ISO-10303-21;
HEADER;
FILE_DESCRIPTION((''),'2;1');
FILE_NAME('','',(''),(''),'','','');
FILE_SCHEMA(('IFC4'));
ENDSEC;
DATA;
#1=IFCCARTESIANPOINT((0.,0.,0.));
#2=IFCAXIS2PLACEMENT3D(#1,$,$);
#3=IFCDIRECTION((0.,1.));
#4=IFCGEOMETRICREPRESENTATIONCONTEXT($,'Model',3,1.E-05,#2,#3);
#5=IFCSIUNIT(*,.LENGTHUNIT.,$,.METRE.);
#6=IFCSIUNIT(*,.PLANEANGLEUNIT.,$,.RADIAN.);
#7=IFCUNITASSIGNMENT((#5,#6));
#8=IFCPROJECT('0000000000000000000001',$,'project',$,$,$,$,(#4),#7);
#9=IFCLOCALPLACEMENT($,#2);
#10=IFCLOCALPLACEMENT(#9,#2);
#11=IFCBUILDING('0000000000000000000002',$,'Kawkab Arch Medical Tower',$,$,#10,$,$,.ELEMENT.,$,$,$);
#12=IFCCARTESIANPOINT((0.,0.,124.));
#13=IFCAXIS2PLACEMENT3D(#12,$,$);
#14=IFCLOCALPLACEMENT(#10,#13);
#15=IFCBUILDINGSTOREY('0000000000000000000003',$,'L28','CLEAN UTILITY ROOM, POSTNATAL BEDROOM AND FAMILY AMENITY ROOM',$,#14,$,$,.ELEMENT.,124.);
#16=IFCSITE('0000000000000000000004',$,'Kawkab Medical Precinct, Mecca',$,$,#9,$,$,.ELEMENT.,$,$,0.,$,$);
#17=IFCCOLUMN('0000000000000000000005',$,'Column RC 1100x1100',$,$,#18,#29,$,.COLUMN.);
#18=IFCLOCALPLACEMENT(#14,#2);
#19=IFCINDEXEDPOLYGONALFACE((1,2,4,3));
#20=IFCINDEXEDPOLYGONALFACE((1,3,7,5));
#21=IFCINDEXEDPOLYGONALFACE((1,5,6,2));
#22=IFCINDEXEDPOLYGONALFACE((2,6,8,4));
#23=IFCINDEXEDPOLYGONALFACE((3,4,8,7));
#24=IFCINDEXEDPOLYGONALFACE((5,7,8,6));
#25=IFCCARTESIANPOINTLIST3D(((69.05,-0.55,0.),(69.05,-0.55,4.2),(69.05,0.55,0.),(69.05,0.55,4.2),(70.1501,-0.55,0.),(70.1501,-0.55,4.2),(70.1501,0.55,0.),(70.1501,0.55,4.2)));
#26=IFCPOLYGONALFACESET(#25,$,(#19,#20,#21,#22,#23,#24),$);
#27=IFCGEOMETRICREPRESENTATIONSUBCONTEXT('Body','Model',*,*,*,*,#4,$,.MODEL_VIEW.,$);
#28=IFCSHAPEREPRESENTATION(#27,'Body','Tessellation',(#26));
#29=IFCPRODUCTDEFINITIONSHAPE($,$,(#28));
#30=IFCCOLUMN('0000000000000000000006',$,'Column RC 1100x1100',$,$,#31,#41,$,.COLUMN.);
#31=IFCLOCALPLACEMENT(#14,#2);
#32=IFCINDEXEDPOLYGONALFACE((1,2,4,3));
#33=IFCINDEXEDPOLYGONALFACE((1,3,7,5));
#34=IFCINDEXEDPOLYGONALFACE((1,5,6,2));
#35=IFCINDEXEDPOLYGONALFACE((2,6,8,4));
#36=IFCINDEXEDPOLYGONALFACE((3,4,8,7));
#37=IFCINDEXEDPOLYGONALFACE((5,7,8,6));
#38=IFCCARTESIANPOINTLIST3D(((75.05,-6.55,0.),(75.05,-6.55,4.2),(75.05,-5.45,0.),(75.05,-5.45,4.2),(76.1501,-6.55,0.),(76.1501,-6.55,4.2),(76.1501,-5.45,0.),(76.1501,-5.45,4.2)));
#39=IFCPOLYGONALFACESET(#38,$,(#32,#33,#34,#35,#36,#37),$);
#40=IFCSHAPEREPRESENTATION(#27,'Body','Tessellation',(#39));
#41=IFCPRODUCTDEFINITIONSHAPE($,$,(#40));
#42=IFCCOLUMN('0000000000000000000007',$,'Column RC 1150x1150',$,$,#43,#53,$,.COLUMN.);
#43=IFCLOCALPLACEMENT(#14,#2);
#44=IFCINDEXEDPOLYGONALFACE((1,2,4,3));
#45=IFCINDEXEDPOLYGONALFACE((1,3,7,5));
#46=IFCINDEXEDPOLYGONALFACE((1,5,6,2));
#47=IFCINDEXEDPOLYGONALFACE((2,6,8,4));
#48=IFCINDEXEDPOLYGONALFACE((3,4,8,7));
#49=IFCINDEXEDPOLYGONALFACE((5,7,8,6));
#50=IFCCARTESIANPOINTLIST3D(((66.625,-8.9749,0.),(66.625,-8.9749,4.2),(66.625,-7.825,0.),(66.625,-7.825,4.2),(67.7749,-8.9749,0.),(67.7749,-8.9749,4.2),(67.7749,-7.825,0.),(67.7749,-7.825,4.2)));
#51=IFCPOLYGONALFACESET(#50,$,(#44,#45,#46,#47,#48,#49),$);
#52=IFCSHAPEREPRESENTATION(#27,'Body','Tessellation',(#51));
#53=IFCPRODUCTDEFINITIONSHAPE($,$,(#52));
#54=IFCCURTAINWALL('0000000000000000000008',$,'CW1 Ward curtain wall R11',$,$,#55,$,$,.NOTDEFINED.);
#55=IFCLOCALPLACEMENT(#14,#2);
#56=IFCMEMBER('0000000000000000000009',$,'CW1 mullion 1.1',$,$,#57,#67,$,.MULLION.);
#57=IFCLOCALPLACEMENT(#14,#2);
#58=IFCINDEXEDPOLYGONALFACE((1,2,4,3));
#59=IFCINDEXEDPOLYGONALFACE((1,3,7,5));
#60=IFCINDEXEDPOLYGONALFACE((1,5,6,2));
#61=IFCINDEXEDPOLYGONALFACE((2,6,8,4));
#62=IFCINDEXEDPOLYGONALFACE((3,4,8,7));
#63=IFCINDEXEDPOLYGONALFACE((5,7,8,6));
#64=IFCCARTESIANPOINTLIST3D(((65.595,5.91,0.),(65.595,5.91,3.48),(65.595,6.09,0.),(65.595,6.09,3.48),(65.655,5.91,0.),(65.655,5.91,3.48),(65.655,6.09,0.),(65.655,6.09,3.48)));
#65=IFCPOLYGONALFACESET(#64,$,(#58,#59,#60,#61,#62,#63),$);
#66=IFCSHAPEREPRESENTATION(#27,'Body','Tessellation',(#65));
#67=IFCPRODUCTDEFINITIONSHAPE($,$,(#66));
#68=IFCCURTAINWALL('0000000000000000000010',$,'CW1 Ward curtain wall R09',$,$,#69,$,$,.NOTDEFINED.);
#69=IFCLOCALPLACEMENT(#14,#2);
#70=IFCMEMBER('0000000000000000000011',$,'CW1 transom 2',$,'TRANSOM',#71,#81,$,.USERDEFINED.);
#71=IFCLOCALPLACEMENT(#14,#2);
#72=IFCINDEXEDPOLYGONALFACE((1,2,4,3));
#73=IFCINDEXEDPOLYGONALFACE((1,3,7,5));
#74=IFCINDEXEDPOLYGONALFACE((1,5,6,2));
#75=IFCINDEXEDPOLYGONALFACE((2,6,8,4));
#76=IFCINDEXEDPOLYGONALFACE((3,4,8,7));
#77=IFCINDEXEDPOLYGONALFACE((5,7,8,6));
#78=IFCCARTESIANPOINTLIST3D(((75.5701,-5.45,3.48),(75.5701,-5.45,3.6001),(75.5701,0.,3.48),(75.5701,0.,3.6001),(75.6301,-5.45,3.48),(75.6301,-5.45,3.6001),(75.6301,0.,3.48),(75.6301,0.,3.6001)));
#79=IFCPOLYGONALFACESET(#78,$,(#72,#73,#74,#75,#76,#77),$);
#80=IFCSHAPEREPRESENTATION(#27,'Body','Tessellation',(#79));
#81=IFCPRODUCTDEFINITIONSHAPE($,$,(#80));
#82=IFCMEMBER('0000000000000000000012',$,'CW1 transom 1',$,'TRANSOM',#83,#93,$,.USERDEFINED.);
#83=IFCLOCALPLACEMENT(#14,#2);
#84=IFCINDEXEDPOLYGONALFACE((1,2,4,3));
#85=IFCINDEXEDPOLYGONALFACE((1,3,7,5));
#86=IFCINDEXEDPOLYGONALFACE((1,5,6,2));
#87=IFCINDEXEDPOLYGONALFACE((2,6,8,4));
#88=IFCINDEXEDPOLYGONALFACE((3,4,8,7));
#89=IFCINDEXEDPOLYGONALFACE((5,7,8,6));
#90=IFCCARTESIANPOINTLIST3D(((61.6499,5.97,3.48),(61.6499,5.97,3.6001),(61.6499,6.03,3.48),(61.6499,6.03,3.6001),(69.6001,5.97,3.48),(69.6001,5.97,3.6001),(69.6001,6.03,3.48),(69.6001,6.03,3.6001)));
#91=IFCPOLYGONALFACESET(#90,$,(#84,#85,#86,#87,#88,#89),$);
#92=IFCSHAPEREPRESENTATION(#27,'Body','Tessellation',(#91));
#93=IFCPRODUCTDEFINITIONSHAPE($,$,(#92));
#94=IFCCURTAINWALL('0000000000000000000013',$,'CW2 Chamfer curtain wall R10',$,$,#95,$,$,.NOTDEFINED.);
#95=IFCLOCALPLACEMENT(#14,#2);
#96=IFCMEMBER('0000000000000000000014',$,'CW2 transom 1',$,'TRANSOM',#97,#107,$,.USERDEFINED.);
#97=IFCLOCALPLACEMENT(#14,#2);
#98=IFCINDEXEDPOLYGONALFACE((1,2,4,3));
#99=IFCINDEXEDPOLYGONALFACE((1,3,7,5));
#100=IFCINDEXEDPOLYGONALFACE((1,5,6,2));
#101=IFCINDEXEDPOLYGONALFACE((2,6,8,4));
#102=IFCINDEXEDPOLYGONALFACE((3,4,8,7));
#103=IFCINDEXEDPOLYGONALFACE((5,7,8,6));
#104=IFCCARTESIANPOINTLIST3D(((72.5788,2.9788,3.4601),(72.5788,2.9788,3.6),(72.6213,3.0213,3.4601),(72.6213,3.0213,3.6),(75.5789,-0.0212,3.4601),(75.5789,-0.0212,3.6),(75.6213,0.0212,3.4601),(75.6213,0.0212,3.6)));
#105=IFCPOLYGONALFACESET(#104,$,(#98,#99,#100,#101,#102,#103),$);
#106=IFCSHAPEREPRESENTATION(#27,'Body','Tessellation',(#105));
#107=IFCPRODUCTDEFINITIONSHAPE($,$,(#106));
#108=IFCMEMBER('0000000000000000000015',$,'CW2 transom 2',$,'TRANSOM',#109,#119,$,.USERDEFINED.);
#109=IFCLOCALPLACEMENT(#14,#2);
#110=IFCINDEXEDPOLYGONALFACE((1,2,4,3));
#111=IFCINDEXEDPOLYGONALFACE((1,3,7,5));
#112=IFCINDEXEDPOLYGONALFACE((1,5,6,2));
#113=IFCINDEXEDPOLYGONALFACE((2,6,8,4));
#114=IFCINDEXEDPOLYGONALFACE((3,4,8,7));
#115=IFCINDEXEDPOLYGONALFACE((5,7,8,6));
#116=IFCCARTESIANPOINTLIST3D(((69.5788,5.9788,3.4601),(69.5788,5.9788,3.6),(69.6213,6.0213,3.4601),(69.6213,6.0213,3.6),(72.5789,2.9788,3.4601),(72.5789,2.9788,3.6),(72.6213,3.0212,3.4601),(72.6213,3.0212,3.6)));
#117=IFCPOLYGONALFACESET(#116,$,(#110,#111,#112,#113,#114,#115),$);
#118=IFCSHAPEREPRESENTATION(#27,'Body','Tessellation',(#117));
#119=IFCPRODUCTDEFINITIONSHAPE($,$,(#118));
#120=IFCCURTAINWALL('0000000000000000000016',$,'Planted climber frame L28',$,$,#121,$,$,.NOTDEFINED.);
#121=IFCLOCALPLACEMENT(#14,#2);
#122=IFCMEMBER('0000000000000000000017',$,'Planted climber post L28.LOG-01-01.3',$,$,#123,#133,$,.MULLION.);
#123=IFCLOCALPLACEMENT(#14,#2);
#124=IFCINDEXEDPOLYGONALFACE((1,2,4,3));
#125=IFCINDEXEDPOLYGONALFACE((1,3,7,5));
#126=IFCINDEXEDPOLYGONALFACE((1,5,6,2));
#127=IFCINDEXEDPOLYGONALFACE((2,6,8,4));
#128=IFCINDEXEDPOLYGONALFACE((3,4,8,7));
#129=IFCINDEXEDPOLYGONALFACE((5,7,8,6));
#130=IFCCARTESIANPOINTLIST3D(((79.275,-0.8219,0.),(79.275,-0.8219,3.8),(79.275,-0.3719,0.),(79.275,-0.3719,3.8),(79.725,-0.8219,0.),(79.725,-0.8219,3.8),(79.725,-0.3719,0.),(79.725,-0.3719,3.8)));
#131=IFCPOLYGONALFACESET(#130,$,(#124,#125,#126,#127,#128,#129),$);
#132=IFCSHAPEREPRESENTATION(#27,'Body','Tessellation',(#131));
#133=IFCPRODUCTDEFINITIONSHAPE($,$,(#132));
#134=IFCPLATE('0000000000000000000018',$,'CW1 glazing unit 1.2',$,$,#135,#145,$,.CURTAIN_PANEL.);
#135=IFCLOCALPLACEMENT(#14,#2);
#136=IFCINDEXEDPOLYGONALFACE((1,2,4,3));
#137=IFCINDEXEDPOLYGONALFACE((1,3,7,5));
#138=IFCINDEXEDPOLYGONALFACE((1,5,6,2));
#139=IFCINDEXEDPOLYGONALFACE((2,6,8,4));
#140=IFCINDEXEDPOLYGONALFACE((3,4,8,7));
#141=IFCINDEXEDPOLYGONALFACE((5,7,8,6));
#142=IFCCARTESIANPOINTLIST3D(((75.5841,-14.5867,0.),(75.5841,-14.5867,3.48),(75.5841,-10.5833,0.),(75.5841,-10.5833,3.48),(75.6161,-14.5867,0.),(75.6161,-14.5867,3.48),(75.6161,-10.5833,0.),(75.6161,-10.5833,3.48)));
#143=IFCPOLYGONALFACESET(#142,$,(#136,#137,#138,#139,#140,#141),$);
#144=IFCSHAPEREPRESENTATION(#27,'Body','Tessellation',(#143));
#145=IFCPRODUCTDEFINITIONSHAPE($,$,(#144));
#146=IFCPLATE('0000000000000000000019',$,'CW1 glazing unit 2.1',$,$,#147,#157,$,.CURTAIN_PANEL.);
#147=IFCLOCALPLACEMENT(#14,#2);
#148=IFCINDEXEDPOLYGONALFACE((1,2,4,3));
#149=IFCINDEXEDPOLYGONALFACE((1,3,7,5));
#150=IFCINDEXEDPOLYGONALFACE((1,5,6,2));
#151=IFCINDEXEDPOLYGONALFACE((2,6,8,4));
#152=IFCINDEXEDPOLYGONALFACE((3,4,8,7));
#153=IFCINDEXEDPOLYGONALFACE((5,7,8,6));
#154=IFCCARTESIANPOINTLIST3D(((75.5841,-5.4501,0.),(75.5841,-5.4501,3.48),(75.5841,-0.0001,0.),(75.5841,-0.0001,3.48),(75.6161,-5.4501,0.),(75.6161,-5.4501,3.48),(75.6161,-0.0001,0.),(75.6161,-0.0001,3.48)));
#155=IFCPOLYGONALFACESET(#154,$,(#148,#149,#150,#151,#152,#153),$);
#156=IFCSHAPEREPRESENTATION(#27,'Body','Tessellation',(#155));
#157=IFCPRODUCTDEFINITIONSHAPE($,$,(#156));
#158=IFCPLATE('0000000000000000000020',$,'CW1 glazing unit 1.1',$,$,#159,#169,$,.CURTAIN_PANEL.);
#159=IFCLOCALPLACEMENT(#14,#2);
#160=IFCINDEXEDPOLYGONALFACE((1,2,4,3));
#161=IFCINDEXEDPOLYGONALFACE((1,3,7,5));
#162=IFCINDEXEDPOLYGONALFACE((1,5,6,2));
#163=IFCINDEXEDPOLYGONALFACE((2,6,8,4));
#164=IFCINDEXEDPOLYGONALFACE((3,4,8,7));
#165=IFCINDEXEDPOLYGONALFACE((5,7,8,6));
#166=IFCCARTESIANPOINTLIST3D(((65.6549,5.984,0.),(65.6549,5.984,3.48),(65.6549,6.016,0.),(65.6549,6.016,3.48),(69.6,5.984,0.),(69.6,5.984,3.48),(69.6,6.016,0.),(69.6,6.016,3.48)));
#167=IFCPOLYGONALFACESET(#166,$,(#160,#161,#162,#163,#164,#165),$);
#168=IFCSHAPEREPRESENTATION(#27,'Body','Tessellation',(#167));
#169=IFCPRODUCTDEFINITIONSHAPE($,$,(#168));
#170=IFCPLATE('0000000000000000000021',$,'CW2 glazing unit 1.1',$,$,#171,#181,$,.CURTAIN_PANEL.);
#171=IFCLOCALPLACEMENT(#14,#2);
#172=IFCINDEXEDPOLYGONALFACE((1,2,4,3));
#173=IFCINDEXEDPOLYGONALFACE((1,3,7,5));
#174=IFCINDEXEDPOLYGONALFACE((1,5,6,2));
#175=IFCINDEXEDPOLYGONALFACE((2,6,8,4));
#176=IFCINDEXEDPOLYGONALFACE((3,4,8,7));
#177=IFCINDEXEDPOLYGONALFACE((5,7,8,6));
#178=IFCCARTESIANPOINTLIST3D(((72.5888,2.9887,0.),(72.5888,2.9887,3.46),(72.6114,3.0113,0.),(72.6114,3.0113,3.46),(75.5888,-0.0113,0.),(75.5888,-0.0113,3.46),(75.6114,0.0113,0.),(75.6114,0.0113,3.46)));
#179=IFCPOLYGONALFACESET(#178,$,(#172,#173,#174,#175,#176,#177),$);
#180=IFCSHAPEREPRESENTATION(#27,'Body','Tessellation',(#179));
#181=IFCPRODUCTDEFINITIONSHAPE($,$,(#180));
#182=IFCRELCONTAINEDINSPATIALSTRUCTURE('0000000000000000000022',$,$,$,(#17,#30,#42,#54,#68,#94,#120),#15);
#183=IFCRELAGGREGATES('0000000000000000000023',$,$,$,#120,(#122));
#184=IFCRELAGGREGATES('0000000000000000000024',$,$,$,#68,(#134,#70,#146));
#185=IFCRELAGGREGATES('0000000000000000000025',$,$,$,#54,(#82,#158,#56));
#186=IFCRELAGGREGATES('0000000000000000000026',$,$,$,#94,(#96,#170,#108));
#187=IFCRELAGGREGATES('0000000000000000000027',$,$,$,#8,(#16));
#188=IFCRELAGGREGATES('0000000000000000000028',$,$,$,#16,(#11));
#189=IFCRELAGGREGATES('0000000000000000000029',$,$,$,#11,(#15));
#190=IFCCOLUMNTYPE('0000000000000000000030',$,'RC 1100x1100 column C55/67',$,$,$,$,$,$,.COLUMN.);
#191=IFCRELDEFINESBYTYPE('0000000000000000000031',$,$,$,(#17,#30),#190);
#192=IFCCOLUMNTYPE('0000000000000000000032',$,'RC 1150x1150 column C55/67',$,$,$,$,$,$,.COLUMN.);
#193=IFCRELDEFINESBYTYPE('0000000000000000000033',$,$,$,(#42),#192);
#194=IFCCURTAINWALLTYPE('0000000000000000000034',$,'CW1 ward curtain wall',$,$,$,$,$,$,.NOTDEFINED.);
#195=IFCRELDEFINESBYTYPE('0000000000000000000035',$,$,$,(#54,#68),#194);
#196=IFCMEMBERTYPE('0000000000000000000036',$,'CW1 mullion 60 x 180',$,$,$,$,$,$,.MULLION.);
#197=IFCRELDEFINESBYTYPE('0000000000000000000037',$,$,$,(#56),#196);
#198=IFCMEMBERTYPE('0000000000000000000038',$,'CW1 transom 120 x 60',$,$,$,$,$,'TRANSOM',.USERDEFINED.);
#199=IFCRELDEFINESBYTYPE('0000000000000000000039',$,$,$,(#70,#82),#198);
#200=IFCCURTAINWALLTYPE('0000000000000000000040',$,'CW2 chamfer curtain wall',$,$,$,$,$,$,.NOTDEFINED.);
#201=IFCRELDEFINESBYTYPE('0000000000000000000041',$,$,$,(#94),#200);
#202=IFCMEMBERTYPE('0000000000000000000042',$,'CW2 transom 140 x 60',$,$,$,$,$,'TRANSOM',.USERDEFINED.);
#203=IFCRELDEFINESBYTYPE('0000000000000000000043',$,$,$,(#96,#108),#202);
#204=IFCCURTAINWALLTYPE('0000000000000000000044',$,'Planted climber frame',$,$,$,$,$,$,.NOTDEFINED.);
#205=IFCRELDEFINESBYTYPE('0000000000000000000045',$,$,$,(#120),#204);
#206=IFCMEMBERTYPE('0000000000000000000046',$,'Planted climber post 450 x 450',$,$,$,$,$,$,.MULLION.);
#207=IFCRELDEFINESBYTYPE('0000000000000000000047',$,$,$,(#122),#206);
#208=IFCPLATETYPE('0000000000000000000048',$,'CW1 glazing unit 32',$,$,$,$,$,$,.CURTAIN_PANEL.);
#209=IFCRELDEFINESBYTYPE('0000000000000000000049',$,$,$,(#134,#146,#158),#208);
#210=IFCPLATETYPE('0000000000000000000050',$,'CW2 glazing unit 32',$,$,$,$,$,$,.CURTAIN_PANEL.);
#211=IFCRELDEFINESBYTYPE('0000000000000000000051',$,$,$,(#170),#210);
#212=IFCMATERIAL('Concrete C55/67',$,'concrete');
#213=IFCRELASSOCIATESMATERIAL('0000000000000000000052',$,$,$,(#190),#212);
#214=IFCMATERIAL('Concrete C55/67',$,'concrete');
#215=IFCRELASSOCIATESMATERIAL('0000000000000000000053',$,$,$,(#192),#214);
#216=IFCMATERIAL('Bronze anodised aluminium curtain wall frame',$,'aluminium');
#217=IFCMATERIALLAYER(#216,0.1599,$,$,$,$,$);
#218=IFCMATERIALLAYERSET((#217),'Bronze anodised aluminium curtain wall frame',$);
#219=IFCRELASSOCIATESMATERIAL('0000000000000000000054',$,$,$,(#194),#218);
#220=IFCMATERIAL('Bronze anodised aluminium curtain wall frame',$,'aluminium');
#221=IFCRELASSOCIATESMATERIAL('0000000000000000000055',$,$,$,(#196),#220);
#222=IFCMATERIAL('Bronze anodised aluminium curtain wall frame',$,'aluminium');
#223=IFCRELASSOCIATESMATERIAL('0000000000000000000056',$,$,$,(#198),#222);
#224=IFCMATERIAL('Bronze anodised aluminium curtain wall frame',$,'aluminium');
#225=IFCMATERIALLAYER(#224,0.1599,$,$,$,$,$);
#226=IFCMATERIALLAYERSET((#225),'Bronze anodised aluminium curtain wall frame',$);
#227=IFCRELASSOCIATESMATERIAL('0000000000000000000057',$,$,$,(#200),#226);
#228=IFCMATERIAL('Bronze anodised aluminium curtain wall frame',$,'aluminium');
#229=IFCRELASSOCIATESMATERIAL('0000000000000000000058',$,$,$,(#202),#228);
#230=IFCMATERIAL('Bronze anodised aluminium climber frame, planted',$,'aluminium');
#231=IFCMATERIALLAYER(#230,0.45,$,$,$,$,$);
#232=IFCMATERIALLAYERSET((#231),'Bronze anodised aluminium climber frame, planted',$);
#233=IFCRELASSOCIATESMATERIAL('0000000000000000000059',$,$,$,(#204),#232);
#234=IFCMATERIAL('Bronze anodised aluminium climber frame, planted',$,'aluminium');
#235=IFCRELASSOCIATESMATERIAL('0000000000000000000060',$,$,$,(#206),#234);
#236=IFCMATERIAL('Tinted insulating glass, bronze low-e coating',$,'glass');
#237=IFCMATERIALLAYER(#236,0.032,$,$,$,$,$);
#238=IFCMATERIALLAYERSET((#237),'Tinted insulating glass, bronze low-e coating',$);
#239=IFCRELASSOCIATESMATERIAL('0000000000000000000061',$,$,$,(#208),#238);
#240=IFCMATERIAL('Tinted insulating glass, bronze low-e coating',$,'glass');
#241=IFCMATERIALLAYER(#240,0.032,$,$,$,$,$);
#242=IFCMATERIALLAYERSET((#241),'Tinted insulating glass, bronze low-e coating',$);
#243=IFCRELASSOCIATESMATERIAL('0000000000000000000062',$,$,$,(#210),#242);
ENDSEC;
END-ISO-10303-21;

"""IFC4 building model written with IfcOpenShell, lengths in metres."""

from ifc_helpers import new_model, si_unit, direction, frame, origin, origin_2d, place, context, subcontext, project, spatial, rectangle, extrude, material, layer, layer_set, material_profile, profile_set, type_object, element, aggregate, save


model = new_model("IFC4")

# Units and contexts
model_context = context("Model", 3, precision=1e-05, world=origin(), true_north=direction((0.0, 1.0)))
body_context = subcontext(model_context, "Body", "Model", "MODEL_VIEW")
ifc_project = project(units=[si_unit("LENGTHUNIT", "METRE"), si_unit("PLANEANGLEUNIT", "RADIAN")], contexts=[model_context])

# Site, building, storey
site_placement = place(None, origin())
site = spatial("IfcSite", under=ifc_project, at=site_placement, Name="Kawkab Medical Precinct, Mecca", CompositionType="ELEMENT", RefElevation=0.0)
building_placement = place(site_placement, origin())
building = spatial("IfcBuilding", under=site, at=building_placement, Name="Kawkab Arch Medical Tower", CompositionType="ELEMENT")
storey_placement = place(building_placement, frame((0.0, 0.0, 124.0)))
storey = spatial("IfcBuildingStorey", under=building, at=storey_placement, Name="L28", Description="CLEAN UTILITY ROOM, POSTNATAL BEDROOM AND FAMILY AMENITY ROOM", CompositionType="ELEMENT", Elevation=124.0)

# Columns
ifc_material_1 = material(Name="Concrete C55/67", Category="concrete")
ifc_material_profile_1 = material_profile(ifc_material_1, rectangle(XDim=1.1001, YDim=1.1001, at=origin_2d()), Name="RC 1100x1100")
ifc_profile_set_1 = profile_set([ifc_material_profile_1], Name="Concrete C55/67")
column_type_1 = type_object("IfcColumnType", Name="RC 1100x1100 column C55/67", PredefinedType="COLUMN", material=ifc_profile_set_1)
for number, where, z_axis, x_axis, name in (
    (1, (69.6001, 0.0, 0.0), (0.0, 0.0, 1.0), (1.0, 0.0, 0.0), "Column RC 1100x1100"),
    (2, (75.6001, -6.0, 0.0), (0.0, 0.0, 1.0), (1.0, 0.0, 0.0), "Column RC 1100x1100"),
):
    element("IfcColumn", number, at=place(storey_placement, frame(where, z_axis=z_axis, x_axis=x_axis)), inside=storey, type_object=column_type_1, Name=name, PredefinedType="COLUMN", context=body_context, shape_type="SweptSolid", body=[
        extrude(rectangle(XDim=1.1001, YDim=1.1001, at=origin_2d()), origin(), (0.0, 0.0, 1.0), 4.2),
    ])
ifc_material_2 = material(Name="Concrete C55/67", Category="concrete")
ifc_material_profile_2 = material_profile(ifc_material_2, rectangle(XDim=1.1499, YDim=1.1499, at=origin_2d()), Name="RC 1150x1150")
ifc_profile_set_2 = profile_set([ifc_material_profile_2], Name="Concrete C55/67")
column_type_2 = type_object("IfcColumnType", Name="RC 1150x1150 column C55/67", PredefinedType="COLUMN", material=ifc_profile_set_2)
column_placement = place(storey_placement, frame((67.2, -8.3999, 0.0), z_axis=(0.0, 0.0, 1.0), x_axis=(1.0, 0.0, 0.0)))
element("IfcColumn", 3, at=column_placement, inside=storey, type_object=column_type_2, Name="Column RC 1150x1150", PredefinedType="COLUMN", context=body_context, shape_type="SweptSolid", body=[
    extrude(rectangle(XDim=1.1499, YDim=1.1499, at=origin_2d()), origin(), (0.0, 0.0, 1.0), 4.2),
])

# Curtain walls, members
ifc_material_3 = material(Name="Bronze anodised aluminium curtain wall frame", Category="aluminium")
ifc_layer_1 = layer(ifc_material_3, 0.1599)
ifc_layer_set_1 = layer_set([ifc_layer_1], Name="Bronze anodised aluminium curtain wall frame")
curtain_wall_type_1 = type_object("IfcCurtainWallType", Name="CW1 ward curtain wall", PredefinedType="NOTDEFINED", material=ifc_layer_set_1)
placement = place(storey_placement, origin())
curtain_wall_1 = element("IfcCurtainWall", 4, at=placement, inside=storey, type_object=curtain_wall_type_1, Name="CW1 Ward curtain wall R11", PredefinedType="NOTDEFINED")
ifc_material_4 = material(Name="Bronze anodised aluminium curtain wall frame", Category="aluminium")
ifc_material_profile_3 = material_profile(ifc_material_4, rectangle(XDim=0.1799, YDim=0.0601, at=origin_2d()), Name="AL 60x180")
ifc_profile_set_3 = profile_set([ifc_material_profile_3], Name="Bronze anodised aluminium curtain wall frame")
member_type_1 = type_object("IfcMemberType", Name="CW1 mullion 60 x 180", PredefinedType="MULLION", material=ifc_profile_set_3)
member_1_placement = place(storey_placement, frame((65.625, 6.0, 0.0), z_axis=(0.0, 0.0, 1.0), x_axis=(0.0, -1.0, 0.0)))
member_1 = element("IfcMember", 5, at=member_1_placement, type_object=member_type_1, Name="CW1 mullion 1.1", PredefinedType="MULLION", context=body_context, shape_type="SweptSolid", body=[
    extrude(rectangle(XDim=0.1799, YDim=0.0601, at=origin_2d()), origin(), (0.0, 0.0, 1.0), 3.48),
])
curtain_wall_2 = element("IfcCurtainWall", 6, at=placement, inside=storey, type_object=curtain_wall_type_1, Name="CW1 Ward curtain wall R09", PredefinedType="NOTDEFINED")
ifc_material_5 = material(Name="Bronze anodised aluminium curtain wall frame", Category="aluminium")
ifc_material_profile_4 = material_profile(ifc_material_5, rectangle(XDim=0.0601, YDim=0.1201, at=origin_2d()), Name="AL 60x120")
ifc_profile_set_4 = profile_set([ifc_material_profile_4], Name="Bronze anodised aluminium curtain wall frame")
member_type_2 = type_object("IfcMemberType", Name="CW1 transom 120 x 60", ElementType="TRANSOM", PredefinedType="USERDEFINED", material=ifc_profile_set_4)
member_2_placement = place(storey_placement, frame((75.6001, -5.45, 3.54), z_axis=(0.0, 1.0, 0.0), x_axis=(-1.0, 0.0, 0.0)))
member_2 = element("IfcMember", 7, at=member_2_placement, type_object=member_type_2, Name="CW1 transom 2", ObjectType="TRANSOM", PredefinedType="USERDEFINED", context=body_context, shape_type="SweptSolid", body=[
    extrude(rectangle(XDim=0.0601, YDim=0.1201, at=origin_2d()), origin(), (0.0, 0.0, 1.0), 5.45),
])

# Member
member_3_placement = place(storey_placement, frame((69.6001, 6.0, 3.54), z_axis=(-1.0, 0.0, 0.0), x_axis=(0.0, -1.0, 0.0)))
member_3 = element("IfcMember", 8, at=member_3_placement, type_object=member_type_2, Name="CW1 transom 1", ObjectType="TRANSOM", PredefinedType="USERDEFINED", context=body_context, shape_type="SweptSolid", body=[
    extrude(rectangle(XDim=0.0601, YDim=0.1201, at=origin_2d()), origin(), (0.0, 0.0, 1.0), 7.9502),
])

# Curtain wall, members
ifc_material_6 = material(Name="Bronze anodised aluminium curtain wall frame", Category="aluminium")
ifc_layer_2 = layer(ifc_material_6, 0.1599)
ifc_layer_set_2 = layer_set([ifc_layer_2], Name="Bronze anodised aluminium curtain wall frame")
curtain_wall_type_2 = type_object("IfcCurtainWallType", Name="CW2 chamfer curtain wall", PredefinedType="NOTDEFINED", material=ifc_layer_set_2)
curtain_wall_3 = element("IfcCurtainWall", 9, at=placement, inside=storey, type_object=curtain_wall_type_2, Name="CW2 Chamfer curtain wall R10", PredefinedType="NOTDEFINED")
ifc_material_7 = material(Name="Bronze anodised aluminium curtain wall frame", Category="aluminium")
ifc_material_profile_5 = material_profile(ifc_material_7, rectangle(XDim=0.0601, YDim=0.1399, at=origin_2d()), Name="AL 60x140")
ifc_profile_set_5 = profile_set([ifc_material_profile_5], Name="Bronze anodised aluminium curtain wall frame")
member_type_3 = type_object("IfcMemberType", Name="CW2 transom 140 x 60", ElementType="TRANSOM", PredefinedType="USERDEFINED", material=ifc_profile_set_5)
member_4_placement = place(storey_placement, frame((75.6001, 0.0, 3.53), z_axis=(-0.707107, 0.707107, 0.0), x_axis=(-0.707107, -0.707107, 0.0)))
member_4 = element("IfcMember", 10, at=member_4_placement, type_object=member_type_3, Name="CW2 transom 1", ObjectType="TRANSOM", PredefinedType="USERDEFINED", context=body_context, shape_type="SweptSolid", body=[
    extrude(rectangle(XDim=0.0601, YDim=0.1399, at=origin_2d()), origin(), (0.0, 0.0, 1.0), 4.2427),
])
member_5_placement = place(storey_placement, frame((72.6001, 3.0, 3.53), z_axis=(-0.707107, 0.707107, 0.0), x_axis=(-0.707107, -0.707107, 0.0)))
member_5 = element("IfcMember", 11, at=member_5_placement, type_object=member_type_3, Name="CW2 transom 2", ObjectType="TRANSOM", PredefinedType="USERDEFINED", context=body_context, shape_type="SweptSolid", body=[
    extrude(rectangle(XDim=0.0601, YDim=0.1399, at=origin_2d()), origin(), (0.0, 0.0, 1.0), 4.2427),
])

# Curtain wall, member
ifc_material_8 = material(Name="Bronze anodised aluminium climber frame, planted", Category="aluminium")
ifc_layer_3 = layer(ifc_material_8, 0.45)
ifc_layer_set_3 = layer_set([ifc_layer_3], Name="Bronze anodised aluminium climber frame, planted")
curtain_wall_type_3 = type_object("IfcCurtainWallType", Name="Planted climber frame", PredefinedType="NOTDEFINED", material=ifc_layer_set_3)
curtain_wall_4 = element("IfcCurtainWall", 12, at=placement, inside=storey, type_object=curtain_wall_type_3, Name="Planted climber frame L28", PredefinedType="NOTDEFINED")
ifc_material_9 = material(Name="Bronze anodised aluminium climber frame, planted", Category="aluminium")
ifc_material_profile_6 = material_profile(ifc_material_9, rectangle(XDim=0.45, YDim=0.45, at=origin_2d()), Name="Post 450x450")
ifc_profile_set_6 = profile_set([ifc_material_profile_6], Name="Bronze anodised aluminium climber frame, planted")
member_type_4 = type_object("IfcMemberType", Name="Planted climber post 450 x 450", PredefinedType="MULLION", material=ifc_profile_set_6)
member_6_placement = place(storey_placement, frame((79.5, -0.5969, 0.0), z_axis=(0.0, 0.0, 1.0), x_axis=(1.0, 0.0, 0.0)))
member_6 = element("IfcMember", 13, at=member_6_placement, type_object=member_type_4, Name="Planted climber post L28.LOG-01-01.3", PredefinedType="MULLION", context=body_context, shape_type="SweptSolid", body=[
    extrude(rectangle(XDim=0.45, YDim=0.45, at=origin_2d()), origin(), (0.0, 0.0, 1.0), 3.8),
])
aggregate(curtain_wall_4, [member_6])

# Plates
ifc_material_10 = material(Name="Tinted insulating glass, bronze low-e coating", Category="glass")
ifc_layer_4 = layer(ifc_material_10, 0.032)
ifc_layer_set_4 = layer_set([ifc_layer_4], Name="Tinted insulating glass, bronze low-e coating")
plate_type_1 = type_object("IfcPlateType", Name="CW1 glazing unit 32", PredefinedType="CURTAIN_PANEL", material=ifc_layer_set_4)
plate_1_placement = place(storey_placement, frame((75.6001, -12.585, 0.0), z_axis=(0.0, 0.0, 1.0), x_axis=(0.0, 1.0, 0.0)))
plate_1 = element("IfcPlate", 14, at=plate_1_placement, type_object=plate_type_1, Name="CW1 glazing unit 1.2", PredefinedType="CURTAIN_PANEL", context=body_context, shape_type="SweptSolid", body=[
    extrude(rectangle(XDim=4.0034, YDim=0.032, at=origin_2d()), origin(), (0.0, 0.0, 1.0), 3.48),
])
plate_2_placement = place(storey_placement, frame((75.6001, -2.7251, 0.0), z_axis=(0.0, 0.0, 1.0), x_axis=(0.0, 1.0, 0.0)))
plate_2 = element("IfcPlate", 15, at=plate_2_placement, type_object=plate_type_1, Name="CW1 glazing unit 2.1", PredefinedType="CURTAIN_PANEL", context=body_context, shape_type="SweptSolid", body=[
    extrude(rectangle(XDim=5.45, YDim=0.032, at=origin_2d()), origin(), (0.0, 0.0, 1.0), 3.48),
])
aggregate(curtain_wall_2, [plate_1, member_2, plate_2])
plate_3_placement = place(storey_placement, frame((67.6274, 6.0, 0.0), z_axis=(0.0, 0.0, 1.0), x_axis=(-1.0, 0.0, 0.0)))
plate_3 = element("IfcPlate", 16, at=plate_3_placement, type_object=plate_type_1, Name="CW1 glazing unit 1.1", PredefinedType="CURTAIN_PANEL", context=body_context, shape_type="SweptSolid", body=[
    extrude(rectangle(XDim=3.9451, YDim=0.032, at=origin_2d()), origin(), (0.0, 0.0, 1.0), 3.48),
])
aggregate(curtain_wall_1, [member_3, plate_3, member_1])
ifc_material_11 = material(Name="Tinted insulating glass, bronze low-e coating", Category="glass")
ifc_layer_5 = layer(ifc_material_11, 0.032)
ifc_layer_set_5 = layer_set([ifc_layer_5], Name="Tinted insulating glass, bronze low-e coating")
plate_type_2 = type_object("IfcPlateType", Name="CW2 glazing unit 32", PredefinedType="CURTAIN_PANEL", material=ifc_layer_set_5)
plate_4_placement = place(storey_placement, frame((74.1001, 1.5, 0.0), z_axis=(0.0, 0.0, 1.0), x_axis=(-0.707107, 0.707107, 0.0)))
plate_4 = element("IfcPlate", 17, at=plate_4_placement, type_object=plate_type_2, Name="CW2 glazing unit 1.1", PredefinedType="CURTAIN_PANEL", context=body_context, shape_type="SweptSolid", body=[
    extrude(rectangle(XDim=4.2427, YDim=0.032, at=origin_2d()), origin(), (0.0, 0.0, 1.0), 3.46),
])
aggregate(curtain_wall_3, [member_4, plate_4, member_5])

save(model, "model.ifc")
